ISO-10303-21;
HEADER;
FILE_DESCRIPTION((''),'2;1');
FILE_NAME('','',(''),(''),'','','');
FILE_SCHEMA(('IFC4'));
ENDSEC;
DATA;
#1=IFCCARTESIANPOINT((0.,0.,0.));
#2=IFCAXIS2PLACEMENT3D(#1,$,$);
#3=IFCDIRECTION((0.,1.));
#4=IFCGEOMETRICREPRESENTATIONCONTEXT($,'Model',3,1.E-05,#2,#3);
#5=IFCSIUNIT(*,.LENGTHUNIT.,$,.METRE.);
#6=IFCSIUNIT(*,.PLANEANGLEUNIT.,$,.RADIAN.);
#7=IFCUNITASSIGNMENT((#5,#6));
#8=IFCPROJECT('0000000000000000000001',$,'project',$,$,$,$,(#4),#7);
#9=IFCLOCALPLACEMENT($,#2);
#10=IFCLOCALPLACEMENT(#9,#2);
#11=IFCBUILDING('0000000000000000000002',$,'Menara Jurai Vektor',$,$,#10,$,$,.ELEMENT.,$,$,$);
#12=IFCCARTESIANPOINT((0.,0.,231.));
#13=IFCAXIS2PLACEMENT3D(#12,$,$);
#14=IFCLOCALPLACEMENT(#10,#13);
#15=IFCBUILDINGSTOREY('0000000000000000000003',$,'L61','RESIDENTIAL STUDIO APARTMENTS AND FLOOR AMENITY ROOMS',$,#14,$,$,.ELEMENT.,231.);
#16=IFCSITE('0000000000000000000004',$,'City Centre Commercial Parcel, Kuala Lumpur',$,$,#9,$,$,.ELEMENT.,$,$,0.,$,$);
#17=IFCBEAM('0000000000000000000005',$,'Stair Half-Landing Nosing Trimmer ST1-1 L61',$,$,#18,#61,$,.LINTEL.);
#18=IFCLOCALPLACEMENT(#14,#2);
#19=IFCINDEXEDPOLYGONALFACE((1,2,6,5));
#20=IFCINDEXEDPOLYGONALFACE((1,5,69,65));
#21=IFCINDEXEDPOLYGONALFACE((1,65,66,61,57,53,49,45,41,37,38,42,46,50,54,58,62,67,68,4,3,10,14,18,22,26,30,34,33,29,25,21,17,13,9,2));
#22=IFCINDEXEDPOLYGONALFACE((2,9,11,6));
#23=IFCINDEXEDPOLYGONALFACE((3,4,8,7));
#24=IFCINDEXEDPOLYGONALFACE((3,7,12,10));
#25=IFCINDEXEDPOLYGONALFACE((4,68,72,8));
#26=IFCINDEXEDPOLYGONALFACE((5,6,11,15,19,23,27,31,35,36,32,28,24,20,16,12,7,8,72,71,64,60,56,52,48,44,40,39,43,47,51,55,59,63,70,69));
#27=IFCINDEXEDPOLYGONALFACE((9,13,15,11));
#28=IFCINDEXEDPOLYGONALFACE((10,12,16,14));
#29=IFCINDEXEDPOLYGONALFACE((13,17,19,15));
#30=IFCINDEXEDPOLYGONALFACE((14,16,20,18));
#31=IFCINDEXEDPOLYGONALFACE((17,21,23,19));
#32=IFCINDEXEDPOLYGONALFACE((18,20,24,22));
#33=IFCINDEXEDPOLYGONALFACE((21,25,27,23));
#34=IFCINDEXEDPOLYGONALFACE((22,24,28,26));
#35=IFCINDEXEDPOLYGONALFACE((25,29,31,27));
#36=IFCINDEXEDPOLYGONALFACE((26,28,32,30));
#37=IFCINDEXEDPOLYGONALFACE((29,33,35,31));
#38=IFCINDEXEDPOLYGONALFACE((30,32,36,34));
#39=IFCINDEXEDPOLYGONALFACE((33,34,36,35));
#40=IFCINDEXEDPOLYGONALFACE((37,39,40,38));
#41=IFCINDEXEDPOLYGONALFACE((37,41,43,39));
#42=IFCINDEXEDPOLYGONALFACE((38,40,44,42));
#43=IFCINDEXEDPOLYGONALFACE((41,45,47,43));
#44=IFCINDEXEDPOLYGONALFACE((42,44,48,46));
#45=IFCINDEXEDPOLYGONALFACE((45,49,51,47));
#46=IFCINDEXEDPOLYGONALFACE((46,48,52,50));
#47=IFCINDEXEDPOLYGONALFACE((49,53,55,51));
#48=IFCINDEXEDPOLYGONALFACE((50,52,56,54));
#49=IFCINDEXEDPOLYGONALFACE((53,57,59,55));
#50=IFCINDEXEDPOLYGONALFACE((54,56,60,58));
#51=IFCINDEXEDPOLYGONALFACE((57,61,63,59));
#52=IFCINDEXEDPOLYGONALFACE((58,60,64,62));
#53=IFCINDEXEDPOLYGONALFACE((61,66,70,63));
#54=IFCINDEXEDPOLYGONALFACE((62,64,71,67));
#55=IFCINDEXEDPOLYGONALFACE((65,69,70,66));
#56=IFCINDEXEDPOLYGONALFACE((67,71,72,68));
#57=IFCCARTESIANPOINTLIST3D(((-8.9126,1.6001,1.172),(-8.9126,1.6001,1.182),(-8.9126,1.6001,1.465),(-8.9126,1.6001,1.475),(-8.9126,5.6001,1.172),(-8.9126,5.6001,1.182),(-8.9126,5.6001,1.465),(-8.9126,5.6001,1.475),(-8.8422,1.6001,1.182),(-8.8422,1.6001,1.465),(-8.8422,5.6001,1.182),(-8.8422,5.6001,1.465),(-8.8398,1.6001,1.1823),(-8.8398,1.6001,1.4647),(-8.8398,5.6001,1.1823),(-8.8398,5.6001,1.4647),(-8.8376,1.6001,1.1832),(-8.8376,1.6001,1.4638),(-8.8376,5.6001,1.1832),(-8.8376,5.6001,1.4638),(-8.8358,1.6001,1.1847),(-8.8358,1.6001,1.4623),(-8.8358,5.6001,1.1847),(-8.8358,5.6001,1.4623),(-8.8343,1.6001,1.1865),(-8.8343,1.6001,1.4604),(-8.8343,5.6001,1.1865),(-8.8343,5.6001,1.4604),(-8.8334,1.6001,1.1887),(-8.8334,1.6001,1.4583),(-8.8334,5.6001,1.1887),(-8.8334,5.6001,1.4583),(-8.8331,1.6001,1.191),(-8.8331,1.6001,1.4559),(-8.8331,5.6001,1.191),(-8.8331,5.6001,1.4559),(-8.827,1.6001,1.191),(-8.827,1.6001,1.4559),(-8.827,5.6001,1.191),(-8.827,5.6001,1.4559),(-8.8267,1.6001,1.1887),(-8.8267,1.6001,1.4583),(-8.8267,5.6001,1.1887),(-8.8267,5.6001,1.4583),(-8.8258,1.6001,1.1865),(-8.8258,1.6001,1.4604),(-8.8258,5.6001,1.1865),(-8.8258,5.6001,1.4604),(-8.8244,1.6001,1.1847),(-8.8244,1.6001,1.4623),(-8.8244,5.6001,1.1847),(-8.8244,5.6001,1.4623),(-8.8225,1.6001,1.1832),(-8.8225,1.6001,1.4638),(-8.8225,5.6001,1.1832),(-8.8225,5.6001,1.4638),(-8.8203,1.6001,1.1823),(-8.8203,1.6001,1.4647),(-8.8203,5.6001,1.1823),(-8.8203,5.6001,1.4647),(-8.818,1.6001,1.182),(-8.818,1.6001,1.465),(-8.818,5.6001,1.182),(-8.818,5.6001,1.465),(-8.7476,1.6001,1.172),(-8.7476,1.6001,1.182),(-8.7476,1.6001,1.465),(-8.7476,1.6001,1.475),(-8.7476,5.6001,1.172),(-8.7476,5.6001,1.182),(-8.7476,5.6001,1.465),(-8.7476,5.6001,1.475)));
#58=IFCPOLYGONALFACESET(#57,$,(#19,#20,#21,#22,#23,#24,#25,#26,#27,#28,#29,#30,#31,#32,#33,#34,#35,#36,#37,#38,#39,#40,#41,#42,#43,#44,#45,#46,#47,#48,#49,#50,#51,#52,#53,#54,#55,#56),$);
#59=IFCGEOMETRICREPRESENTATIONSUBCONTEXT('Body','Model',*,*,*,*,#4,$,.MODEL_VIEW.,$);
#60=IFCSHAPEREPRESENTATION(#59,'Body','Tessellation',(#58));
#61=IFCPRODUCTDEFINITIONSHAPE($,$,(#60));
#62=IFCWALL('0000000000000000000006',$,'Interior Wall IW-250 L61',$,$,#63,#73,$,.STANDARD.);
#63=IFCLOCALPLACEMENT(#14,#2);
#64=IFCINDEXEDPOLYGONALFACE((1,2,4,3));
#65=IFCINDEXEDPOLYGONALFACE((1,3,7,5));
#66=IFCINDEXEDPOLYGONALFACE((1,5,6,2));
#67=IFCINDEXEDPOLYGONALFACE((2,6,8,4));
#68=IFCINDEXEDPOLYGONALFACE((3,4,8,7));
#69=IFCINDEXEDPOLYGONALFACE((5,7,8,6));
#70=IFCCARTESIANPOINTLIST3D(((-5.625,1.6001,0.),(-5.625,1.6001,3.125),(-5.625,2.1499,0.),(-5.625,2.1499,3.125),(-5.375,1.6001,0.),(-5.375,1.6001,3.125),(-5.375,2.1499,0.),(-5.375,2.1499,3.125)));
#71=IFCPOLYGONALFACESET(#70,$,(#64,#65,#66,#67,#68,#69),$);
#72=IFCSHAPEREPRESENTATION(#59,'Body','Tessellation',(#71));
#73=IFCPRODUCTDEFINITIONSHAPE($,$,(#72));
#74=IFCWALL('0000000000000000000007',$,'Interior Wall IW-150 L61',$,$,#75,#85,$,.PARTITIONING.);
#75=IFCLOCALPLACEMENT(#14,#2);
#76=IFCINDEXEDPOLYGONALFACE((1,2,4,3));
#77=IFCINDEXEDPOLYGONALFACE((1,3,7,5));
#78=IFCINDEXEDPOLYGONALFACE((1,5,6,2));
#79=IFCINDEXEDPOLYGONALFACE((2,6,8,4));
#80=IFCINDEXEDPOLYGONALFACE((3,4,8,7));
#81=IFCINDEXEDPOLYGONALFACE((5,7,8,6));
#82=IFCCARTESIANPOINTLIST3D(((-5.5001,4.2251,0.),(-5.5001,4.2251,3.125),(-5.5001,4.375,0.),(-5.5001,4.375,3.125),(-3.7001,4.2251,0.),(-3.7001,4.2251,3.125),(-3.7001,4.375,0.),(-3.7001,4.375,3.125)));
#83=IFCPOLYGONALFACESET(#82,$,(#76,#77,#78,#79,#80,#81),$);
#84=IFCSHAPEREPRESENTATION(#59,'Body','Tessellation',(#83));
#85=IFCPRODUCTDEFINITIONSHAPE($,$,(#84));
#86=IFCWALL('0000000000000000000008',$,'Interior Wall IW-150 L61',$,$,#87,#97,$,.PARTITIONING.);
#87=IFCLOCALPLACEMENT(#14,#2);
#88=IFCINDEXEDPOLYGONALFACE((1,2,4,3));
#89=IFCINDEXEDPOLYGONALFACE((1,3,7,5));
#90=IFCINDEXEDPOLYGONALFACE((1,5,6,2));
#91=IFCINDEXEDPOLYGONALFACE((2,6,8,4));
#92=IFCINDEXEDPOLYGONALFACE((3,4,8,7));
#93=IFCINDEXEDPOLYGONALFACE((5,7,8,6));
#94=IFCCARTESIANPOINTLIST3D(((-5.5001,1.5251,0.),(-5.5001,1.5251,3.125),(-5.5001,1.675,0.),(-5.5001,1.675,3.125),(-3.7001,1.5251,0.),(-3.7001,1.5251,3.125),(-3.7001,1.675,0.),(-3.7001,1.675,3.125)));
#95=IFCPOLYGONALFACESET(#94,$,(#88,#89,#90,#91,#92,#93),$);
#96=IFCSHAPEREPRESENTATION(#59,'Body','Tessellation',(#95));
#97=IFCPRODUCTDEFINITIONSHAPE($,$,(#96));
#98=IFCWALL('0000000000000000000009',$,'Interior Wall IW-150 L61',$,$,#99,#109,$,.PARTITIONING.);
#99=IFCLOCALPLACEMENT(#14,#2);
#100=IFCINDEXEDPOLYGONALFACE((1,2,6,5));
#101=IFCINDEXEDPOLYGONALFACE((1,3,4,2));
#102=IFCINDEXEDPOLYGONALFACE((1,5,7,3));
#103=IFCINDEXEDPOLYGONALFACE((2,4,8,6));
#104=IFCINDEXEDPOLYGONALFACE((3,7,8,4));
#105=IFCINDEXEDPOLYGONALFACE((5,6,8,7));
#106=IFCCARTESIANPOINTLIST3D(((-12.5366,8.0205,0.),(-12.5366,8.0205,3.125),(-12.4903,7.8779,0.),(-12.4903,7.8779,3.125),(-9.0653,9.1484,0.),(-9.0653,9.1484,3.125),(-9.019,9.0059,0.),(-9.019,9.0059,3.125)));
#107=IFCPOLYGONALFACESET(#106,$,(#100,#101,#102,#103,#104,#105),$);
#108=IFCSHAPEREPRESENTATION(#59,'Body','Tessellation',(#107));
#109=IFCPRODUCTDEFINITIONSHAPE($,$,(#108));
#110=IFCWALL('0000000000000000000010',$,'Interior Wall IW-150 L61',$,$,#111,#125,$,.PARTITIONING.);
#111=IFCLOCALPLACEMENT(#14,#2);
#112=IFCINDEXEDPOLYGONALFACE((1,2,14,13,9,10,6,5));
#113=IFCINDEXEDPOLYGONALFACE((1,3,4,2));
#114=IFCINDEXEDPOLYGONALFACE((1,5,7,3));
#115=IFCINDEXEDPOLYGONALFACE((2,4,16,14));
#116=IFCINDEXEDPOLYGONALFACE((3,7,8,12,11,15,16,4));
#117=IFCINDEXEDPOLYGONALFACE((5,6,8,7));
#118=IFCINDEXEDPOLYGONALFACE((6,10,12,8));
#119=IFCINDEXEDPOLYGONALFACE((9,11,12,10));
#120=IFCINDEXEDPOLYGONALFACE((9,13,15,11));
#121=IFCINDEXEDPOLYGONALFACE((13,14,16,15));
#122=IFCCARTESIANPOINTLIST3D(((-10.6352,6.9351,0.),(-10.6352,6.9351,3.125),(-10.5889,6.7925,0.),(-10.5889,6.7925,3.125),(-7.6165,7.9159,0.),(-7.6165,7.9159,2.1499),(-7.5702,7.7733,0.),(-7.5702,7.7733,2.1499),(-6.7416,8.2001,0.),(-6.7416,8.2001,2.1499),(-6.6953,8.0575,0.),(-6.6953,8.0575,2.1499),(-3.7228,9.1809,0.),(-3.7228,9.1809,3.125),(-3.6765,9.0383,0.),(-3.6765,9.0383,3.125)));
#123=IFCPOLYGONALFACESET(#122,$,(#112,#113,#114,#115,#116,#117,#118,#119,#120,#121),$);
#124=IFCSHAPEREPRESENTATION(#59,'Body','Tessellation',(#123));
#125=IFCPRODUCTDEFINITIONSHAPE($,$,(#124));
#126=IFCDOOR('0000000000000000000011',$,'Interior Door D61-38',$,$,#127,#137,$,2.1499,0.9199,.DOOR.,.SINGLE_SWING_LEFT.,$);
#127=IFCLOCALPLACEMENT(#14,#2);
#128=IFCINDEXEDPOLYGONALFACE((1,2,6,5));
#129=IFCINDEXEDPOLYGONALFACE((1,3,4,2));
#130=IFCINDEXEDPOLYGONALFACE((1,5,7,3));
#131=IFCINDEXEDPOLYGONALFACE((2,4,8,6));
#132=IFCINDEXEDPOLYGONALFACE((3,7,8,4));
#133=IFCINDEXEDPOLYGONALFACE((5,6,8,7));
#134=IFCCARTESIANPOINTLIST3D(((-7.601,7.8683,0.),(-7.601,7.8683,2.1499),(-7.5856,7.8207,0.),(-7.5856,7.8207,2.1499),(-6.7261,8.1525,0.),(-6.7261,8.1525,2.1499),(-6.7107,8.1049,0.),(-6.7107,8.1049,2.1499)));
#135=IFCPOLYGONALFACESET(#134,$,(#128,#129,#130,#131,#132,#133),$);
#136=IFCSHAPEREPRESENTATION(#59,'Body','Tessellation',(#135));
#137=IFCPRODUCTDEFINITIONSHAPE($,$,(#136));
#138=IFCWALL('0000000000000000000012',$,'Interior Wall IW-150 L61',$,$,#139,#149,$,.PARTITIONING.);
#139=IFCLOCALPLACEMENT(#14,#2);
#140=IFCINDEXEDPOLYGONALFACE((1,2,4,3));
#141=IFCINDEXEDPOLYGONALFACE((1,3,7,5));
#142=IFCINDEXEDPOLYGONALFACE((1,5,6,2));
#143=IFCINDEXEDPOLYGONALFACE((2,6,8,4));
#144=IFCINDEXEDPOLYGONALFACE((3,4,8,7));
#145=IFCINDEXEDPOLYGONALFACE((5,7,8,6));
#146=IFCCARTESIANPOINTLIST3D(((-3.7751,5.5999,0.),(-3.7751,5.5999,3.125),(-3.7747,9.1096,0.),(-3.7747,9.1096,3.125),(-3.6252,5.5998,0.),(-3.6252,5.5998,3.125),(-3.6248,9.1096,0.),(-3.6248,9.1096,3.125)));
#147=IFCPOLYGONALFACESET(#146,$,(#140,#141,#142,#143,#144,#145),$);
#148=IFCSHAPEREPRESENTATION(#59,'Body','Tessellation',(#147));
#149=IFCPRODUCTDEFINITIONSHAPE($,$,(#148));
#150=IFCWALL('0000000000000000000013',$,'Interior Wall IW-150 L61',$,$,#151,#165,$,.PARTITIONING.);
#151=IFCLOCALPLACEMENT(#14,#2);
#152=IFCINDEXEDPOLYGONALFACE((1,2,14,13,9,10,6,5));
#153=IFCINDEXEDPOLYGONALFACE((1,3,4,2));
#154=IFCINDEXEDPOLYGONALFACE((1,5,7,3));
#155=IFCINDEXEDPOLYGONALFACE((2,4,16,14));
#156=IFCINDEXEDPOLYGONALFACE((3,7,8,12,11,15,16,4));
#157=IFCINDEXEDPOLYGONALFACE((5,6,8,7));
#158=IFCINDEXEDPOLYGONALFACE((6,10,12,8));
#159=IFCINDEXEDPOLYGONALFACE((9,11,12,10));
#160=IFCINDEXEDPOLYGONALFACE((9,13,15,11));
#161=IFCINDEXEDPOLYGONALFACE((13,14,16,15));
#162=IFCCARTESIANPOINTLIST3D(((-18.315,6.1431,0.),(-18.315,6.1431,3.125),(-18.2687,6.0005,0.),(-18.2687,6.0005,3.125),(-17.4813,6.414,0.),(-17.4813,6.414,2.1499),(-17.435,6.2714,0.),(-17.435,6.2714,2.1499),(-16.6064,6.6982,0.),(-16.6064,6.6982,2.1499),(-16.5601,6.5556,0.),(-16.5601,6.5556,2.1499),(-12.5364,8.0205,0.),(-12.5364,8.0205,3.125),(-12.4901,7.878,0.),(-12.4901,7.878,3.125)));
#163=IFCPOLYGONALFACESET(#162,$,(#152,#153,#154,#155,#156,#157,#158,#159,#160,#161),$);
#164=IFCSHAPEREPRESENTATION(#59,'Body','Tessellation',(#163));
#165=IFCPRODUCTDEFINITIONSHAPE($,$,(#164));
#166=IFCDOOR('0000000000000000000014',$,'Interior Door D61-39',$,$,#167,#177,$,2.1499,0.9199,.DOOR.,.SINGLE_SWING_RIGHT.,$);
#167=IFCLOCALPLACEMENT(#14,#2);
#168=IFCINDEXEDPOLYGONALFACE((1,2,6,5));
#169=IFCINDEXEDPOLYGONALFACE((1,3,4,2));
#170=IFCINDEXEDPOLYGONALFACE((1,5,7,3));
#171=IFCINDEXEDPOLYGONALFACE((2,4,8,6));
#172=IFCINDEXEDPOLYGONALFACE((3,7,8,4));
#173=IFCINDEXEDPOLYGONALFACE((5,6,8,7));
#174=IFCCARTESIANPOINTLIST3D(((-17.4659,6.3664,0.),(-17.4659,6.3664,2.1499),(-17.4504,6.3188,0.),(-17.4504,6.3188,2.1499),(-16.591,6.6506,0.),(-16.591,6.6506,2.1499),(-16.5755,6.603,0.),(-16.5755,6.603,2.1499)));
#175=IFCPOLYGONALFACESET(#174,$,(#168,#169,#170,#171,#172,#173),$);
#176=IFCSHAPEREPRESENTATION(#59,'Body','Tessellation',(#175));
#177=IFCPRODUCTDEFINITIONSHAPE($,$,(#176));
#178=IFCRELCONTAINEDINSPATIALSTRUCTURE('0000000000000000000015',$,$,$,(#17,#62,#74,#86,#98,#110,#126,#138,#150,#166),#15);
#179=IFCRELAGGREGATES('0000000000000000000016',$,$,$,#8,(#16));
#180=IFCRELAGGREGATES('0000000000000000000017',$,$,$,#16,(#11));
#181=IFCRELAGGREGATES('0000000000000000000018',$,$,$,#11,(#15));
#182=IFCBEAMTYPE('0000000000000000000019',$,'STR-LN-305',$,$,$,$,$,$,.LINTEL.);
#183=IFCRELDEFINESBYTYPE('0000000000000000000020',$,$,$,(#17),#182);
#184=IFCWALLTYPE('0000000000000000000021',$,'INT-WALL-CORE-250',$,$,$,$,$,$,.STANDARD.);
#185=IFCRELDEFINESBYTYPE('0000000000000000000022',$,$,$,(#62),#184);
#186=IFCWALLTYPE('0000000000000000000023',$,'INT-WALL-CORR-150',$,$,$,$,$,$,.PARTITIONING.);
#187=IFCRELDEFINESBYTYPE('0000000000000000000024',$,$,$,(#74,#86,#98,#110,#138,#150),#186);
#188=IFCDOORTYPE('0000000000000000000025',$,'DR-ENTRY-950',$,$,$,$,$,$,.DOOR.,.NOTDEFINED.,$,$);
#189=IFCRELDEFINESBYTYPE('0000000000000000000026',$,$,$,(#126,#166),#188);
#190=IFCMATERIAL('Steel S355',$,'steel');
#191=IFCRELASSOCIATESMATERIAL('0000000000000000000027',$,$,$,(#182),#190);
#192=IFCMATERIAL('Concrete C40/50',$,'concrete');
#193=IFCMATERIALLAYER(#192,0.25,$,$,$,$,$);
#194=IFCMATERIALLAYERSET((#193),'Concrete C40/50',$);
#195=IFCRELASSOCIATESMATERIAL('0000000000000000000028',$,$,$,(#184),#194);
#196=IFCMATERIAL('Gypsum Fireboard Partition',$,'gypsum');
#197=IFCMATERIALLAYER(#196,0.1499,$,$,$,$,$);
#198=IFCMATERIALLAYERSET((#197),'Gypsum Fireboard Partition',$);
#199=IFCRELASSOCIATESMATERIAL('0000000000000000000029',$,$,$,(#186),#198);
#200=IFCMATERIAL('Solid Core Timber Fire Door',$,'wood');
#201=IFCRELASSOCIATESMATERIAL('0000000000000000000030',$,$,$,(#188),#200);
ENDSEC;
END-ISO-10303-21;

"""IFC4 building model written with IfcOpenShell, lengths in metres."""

from ifc_helpers import new_model, si_unit, direction, frame, frame_2d, origin, origin_2d, place, context, subcontext, project, spatial, rectangle, i_section, extrude, material, layer, layer_set, material_profile, profile_set, type_object, element, fill, save


model = new_model("IFC4")

# Units and contexts
model_context = context("Model", 3, precision=1e-05, world=origin(), true_north=direction((0.0, 1.0)))
body_context = subcontext(model_context, "Body", "Model", "MODEL_VIEW")
ifc_project = project(units=[si_unit("LENGTHUNIT", "METRE"), si_unit("PLANEANGLEUNIT", "RADIAN")], contexts=[model_context])

# Site, building, storey
site_placement = place(None, origin())
site = spatial("IfcSite", under=ifc_project, at=site_placement, Name="City Centre Commercial Parcel, Kuala Lumpur", CompositionType="ELEMENT", RefElevation=0.0)
building_placement = place(site_placement, origin())
building = spatial("IfcBuilding", under=site, at=building_placement, Name="Menara Jurai Vektor", CompositionType="ELEMENT")
storey_placement = place(building_placement, frame((0.0, 0.0, 231.0)))
storey = spatial("IfcBuildingStorey", under=building, at=storey_placement, Name="L61", Description="RESIDENTIAL STUDIO APARTMENTS AND FLOOR AMENITY ROOMS", CompositionType="ELEMENT", Elevation=231.0)

# Shared definitions
ifc_material_1 = material(Name="Steel S355", Category="steel")

# Beam
ifc_material_profile_1 = material_profile(ifc_material_1, i_section(OverallWidth=0.165, OverallDepth=0.303, WebThickness=0.0061, FlangeThickness=0.01, FilletRadius=0.009, at=origin_2d()), Name="UKB 305x165x40")
ifc_profile_set_1 = profile_set([ifc_material_profile_1], Name="Steel S355")
beam_type_1 = type_object("IfcBeamType", Name="STR-LN-305", PredefinedType="LINTEL", material=ifc_profile_set_1)
beam_1_placement = place(storey_placement, frame((-8.8301, 1.6001, 1.3235), z_axis=(0.0, 1.0, 0.0), x_axis=(-1.0, 0.0, 0.0)))
element("IfcBeam", 1, at=beam_1_placement, inside=storey, type_object=beam_type_1, Name="Stair Half-Landing Nosing Trimmer ST1-1 L61", PredefinedType="LINTEL", context=body_context, shape_type="SweptSolid", body=[
    extrude(i_section(OverallWidth=0.165, OverallDepth=0.303, WebThickness=0.0061, FlangeThickness=0.01, FilletRadius=0.009, at=origin_2d()), origin(), (0.0, 0.0, 1.0), 4.0),
])

# Shared definitions
ifc_material_2 = material(Name="Concrete C40/50", Category="concrete")
ifc_layer_1 = layer(ifc_material_2, 0.25)
ifc_layer_set_1 = layer_set([ifc_layer_1], Name="Concrete C40/50")
wall_type_1 = type_object("IfcWallType", Name="INT-WALL-CORE-250", PredefinedType="STANDARD", material=ifc_layer_set_1)

# Walls
wall_1_placement = place(storey_placement, frame((-5.5, 1.6001, 0.0), z_axis=(0.0, 0.0, 1.0), x_axis=(0.0, 1.0, 0.0)))
element("IfcWall", 2, at=wall_1_placement, inside=storey, type_object=wall_type_1, Name="Interior Wall IW-250 L61", PredefinedType="STANDARD", context=body_context, shape_type="SweptSolid", body=[
    extrude(rectangle(XDim=0.5498, YDim=0.25, at=frame_2d((0.2749, 0.0))), origin(), (0.0, 0.0, 1.0), 3.125),
])
ifc_material_3 = material(Name="Gypsum Fireboard Partition", Category="gypsum")
ifc_layer_2 = layer(ifc_material_3, 0.1499)
ifc_layer_set_2 = layer_set([ifc_layer_2], Name="Gypsum Fireboard Partition")
wall_type_2 = type_object("IfcWallType", Name="INT-WALL-CORR-150", PredefinedType="PARTITIONING", material=ifc_layer_set_2)
for number, where, z_axis, x_axis, name in (
    (3, (-5.5, 4.3, 0.0), (0.0, 0.0, 1.0), (1.0, 0.0, 0.0), "Interior Wall IW-150 L61"),
    (4, (-5.5, 1.6001, 0.0), (0.0, 0.0, 1.0), (1.0, 0.0, 0.0), "Interior Wall IW-150 L61"),
):
    element("IfcWall", number, at=place(storey_placement, frame(where, z_axis=z_axis, x_axis=x_axis)), inside=storey, type_object=wall_type_2, Name=name, PredefinedType="PARTITIONING", context=body_context, shape_type="SweptSolid", body=[
        extrude(rectangle(XDim=1.8, YDim=0.1499, at=frame_2d((0.8999, 0.0))), origin(), (0.0, 0.0, 1.0), 3.125),
    ])
wall_2_placement = place(storey_placement, frame((-12.5134, 7.9492, 0.0), z_axis=(0.0, 0.0, 1.0), x_axis=(0.951051, 0.309035, 0.0)))
element("IfcWall", 5, at=wall_2_placement, inside=storey, type_object=wall_type_2, Name="Interior Wall IW-150 L61", PredefinedType="PARTITIONING", context=body_context, shape_type="SweptSolid", body=[
    extrude(rectangle(XDim=3.6499, YDim=0.1499, at=frame_2d((1.825, 0.0))), origin(), (0.0, 0.0, 1.0), 3.125),
])

# Wall, opening, door
ifc_material_4 = material(Name="Solid Core Timber Fire Door", Category="wood")
door_type_1 = type_object("IfcDoorType", Name="DR-ENTRY-950", OperationType="NOTDEFINED", PredefinedType="DOOR", material=ifc_material_4)
wall_3_placement = place(storey_placement, frame((-10.6121, 6.8638, 0.0), z_axis=(0.0, 0.0, 1.0), x_axis=(0.951061, 0.309003, 0.0)))
wall_3 = element("IfcWall", 6, at=wall_3_placement, inside=storey, type_object=wall_type_2, Name="Interior Wall IW-150 L61", PredefinedType="PARTITIONING", context=body_context, shape_type="SweptSolid", body=[
    extrude(rectangle(XDim=7.2681, YDim=0.1499, at=frame_2d((3.634, 0.0))), origin(), (0.0, 0.0, 1.0), 3.125),
])
opening_1_placement = place(wall_3_placement, frame((3.1741, 0.0, 0.0)))
opening_1 = element("IfcOpeningElement", 7, at=opening_1_placement, cuts=wall_3, PredefinedType="OPENING", context=body_context, shape_type="SweptSolid", body=[
    extrude(rectangle(XDim=0.9199, YDim=2.1499, at=frame_2d((0.46, 1.075))), frame((0.0, 0.085, 0.0), z_axis=(0.0, -1.0, 0.0), x_axis=(1.0, 0.0, 0.0)), (0.0, 0.0, 1.0), 0.1699),
])
door_1_placement = place(opening_1_placement, origin())
door_1 = element("IfcDoor", 8, at=door_1_placement, inside=storey, type_object=door_type_1, Name="Interior Door D61-38", OperationType="SINGLE_SWING_LEFT", OverallHeight=2.1499, OverallWidth=0.9199, PredefinedType="DOOR", context=body_context, shape_type="SweptSolid", body=[
    extrude(rectangle(XDim=0.9199, YDim=2.1499, at=frame_2d((0.46, 1.075))), frame((0.0, 0.0249, 0.0), z_axis=(0.0, -1.0, 0.0), x_axis=(1.0, 0.0, 0.0)), (0.0, 0.0, 1.0), 0.05),
])
fill(opening_1, door_1)

# Wall
wall_4_placement = place(storey_placement, frame((-3.7002, 5.5999, 0.0), z_axis=(0.0, 0.0, 1.0), x_axis=(0.000139, 1.0, 0.0)))
element("IfcWall", 9, at=wall_4_placement, inside=storey, type_object=wall_type_2, Name="Interior Wall IW-150 L61", PredefinedType="PARTITIONING", context=body_context, shape_type="SweptSolid", body=[
    extrude(rectangle(XDim=3.5098, YDim=0.1499, at=frame_2d((1.7549, 0.0))), origin(), (0.0, 0.0, 1.0), 3.125),
])

# Wall, opening, door
wall_5_placement = place(storey_placement, frame((-18.292, 6.0718, 0.0), z_axis=(0.0, 0.0, 1.0), x_axis=(0.951063, 0.308998, 0.0)))
wall_5 = element("IfcWall", 10, at=wall_5_placement, inside=storey, type_object=wall_type_2, Name="Interior Wall IW-150 L61", PredefinedType="PARTITIONING", context=body_context, shape_type="SweptSolid", body=[
    extrude(rectangle(XDim=6.0759, YDim=0.1499, at=frame_2d((3.0381, 0.0))), origin(), (0.0, 0.0, 1.0), 3.125),
])
opening_2_placement = place(wall_5_placement, frame((0.8767, 0.0, 0.0)))
opening_2 = element("IfcOpeningElement", 11, at=opening_2_placement, cuts=wall_5, PredefinedType="OPENING", context=body_context, shape_type="SweptSolid", body=[
    extrude(rectangle(XDim=0.9199, YDim=2.1499, at=frame_2d((0.46, 1.075))), frame((0.0, 0.085, 0.0), z_axis=(0.0, -1.0, 0.0), x_axis=(1.0, 0.0, 0.0)), (0.0, 0.0, 1.0), 0.1699),
])
door_2_placement = place(opening_2_placement, origin())
door_2 = element("IfcDoor", 12, at=door_2_placement, inside=storey, type_object=door_type_1, Name="Interior Door D61-39", OperationType="SINGLE_SWING_RIGHT", OverallHeight=2.1499, OverallWidth=0.9199, PredefinedType="DOOR", context=body_context, shape_type="SweptSolid", body=[
    extrude(rectangle(XDim=0.9199, YDim=2.1499, at=frame_2d((0.46, 1.075))), frame((0.0, 0.0249, 0.0), z_axis=(0.0, -1.0, 0.0), x_axis=(1.0, 0.0, 0.0)), (0.0, 0.0, 1.0), 0.05),
])
fill(opening_2, door_2)

save(model, "model.ifc")
